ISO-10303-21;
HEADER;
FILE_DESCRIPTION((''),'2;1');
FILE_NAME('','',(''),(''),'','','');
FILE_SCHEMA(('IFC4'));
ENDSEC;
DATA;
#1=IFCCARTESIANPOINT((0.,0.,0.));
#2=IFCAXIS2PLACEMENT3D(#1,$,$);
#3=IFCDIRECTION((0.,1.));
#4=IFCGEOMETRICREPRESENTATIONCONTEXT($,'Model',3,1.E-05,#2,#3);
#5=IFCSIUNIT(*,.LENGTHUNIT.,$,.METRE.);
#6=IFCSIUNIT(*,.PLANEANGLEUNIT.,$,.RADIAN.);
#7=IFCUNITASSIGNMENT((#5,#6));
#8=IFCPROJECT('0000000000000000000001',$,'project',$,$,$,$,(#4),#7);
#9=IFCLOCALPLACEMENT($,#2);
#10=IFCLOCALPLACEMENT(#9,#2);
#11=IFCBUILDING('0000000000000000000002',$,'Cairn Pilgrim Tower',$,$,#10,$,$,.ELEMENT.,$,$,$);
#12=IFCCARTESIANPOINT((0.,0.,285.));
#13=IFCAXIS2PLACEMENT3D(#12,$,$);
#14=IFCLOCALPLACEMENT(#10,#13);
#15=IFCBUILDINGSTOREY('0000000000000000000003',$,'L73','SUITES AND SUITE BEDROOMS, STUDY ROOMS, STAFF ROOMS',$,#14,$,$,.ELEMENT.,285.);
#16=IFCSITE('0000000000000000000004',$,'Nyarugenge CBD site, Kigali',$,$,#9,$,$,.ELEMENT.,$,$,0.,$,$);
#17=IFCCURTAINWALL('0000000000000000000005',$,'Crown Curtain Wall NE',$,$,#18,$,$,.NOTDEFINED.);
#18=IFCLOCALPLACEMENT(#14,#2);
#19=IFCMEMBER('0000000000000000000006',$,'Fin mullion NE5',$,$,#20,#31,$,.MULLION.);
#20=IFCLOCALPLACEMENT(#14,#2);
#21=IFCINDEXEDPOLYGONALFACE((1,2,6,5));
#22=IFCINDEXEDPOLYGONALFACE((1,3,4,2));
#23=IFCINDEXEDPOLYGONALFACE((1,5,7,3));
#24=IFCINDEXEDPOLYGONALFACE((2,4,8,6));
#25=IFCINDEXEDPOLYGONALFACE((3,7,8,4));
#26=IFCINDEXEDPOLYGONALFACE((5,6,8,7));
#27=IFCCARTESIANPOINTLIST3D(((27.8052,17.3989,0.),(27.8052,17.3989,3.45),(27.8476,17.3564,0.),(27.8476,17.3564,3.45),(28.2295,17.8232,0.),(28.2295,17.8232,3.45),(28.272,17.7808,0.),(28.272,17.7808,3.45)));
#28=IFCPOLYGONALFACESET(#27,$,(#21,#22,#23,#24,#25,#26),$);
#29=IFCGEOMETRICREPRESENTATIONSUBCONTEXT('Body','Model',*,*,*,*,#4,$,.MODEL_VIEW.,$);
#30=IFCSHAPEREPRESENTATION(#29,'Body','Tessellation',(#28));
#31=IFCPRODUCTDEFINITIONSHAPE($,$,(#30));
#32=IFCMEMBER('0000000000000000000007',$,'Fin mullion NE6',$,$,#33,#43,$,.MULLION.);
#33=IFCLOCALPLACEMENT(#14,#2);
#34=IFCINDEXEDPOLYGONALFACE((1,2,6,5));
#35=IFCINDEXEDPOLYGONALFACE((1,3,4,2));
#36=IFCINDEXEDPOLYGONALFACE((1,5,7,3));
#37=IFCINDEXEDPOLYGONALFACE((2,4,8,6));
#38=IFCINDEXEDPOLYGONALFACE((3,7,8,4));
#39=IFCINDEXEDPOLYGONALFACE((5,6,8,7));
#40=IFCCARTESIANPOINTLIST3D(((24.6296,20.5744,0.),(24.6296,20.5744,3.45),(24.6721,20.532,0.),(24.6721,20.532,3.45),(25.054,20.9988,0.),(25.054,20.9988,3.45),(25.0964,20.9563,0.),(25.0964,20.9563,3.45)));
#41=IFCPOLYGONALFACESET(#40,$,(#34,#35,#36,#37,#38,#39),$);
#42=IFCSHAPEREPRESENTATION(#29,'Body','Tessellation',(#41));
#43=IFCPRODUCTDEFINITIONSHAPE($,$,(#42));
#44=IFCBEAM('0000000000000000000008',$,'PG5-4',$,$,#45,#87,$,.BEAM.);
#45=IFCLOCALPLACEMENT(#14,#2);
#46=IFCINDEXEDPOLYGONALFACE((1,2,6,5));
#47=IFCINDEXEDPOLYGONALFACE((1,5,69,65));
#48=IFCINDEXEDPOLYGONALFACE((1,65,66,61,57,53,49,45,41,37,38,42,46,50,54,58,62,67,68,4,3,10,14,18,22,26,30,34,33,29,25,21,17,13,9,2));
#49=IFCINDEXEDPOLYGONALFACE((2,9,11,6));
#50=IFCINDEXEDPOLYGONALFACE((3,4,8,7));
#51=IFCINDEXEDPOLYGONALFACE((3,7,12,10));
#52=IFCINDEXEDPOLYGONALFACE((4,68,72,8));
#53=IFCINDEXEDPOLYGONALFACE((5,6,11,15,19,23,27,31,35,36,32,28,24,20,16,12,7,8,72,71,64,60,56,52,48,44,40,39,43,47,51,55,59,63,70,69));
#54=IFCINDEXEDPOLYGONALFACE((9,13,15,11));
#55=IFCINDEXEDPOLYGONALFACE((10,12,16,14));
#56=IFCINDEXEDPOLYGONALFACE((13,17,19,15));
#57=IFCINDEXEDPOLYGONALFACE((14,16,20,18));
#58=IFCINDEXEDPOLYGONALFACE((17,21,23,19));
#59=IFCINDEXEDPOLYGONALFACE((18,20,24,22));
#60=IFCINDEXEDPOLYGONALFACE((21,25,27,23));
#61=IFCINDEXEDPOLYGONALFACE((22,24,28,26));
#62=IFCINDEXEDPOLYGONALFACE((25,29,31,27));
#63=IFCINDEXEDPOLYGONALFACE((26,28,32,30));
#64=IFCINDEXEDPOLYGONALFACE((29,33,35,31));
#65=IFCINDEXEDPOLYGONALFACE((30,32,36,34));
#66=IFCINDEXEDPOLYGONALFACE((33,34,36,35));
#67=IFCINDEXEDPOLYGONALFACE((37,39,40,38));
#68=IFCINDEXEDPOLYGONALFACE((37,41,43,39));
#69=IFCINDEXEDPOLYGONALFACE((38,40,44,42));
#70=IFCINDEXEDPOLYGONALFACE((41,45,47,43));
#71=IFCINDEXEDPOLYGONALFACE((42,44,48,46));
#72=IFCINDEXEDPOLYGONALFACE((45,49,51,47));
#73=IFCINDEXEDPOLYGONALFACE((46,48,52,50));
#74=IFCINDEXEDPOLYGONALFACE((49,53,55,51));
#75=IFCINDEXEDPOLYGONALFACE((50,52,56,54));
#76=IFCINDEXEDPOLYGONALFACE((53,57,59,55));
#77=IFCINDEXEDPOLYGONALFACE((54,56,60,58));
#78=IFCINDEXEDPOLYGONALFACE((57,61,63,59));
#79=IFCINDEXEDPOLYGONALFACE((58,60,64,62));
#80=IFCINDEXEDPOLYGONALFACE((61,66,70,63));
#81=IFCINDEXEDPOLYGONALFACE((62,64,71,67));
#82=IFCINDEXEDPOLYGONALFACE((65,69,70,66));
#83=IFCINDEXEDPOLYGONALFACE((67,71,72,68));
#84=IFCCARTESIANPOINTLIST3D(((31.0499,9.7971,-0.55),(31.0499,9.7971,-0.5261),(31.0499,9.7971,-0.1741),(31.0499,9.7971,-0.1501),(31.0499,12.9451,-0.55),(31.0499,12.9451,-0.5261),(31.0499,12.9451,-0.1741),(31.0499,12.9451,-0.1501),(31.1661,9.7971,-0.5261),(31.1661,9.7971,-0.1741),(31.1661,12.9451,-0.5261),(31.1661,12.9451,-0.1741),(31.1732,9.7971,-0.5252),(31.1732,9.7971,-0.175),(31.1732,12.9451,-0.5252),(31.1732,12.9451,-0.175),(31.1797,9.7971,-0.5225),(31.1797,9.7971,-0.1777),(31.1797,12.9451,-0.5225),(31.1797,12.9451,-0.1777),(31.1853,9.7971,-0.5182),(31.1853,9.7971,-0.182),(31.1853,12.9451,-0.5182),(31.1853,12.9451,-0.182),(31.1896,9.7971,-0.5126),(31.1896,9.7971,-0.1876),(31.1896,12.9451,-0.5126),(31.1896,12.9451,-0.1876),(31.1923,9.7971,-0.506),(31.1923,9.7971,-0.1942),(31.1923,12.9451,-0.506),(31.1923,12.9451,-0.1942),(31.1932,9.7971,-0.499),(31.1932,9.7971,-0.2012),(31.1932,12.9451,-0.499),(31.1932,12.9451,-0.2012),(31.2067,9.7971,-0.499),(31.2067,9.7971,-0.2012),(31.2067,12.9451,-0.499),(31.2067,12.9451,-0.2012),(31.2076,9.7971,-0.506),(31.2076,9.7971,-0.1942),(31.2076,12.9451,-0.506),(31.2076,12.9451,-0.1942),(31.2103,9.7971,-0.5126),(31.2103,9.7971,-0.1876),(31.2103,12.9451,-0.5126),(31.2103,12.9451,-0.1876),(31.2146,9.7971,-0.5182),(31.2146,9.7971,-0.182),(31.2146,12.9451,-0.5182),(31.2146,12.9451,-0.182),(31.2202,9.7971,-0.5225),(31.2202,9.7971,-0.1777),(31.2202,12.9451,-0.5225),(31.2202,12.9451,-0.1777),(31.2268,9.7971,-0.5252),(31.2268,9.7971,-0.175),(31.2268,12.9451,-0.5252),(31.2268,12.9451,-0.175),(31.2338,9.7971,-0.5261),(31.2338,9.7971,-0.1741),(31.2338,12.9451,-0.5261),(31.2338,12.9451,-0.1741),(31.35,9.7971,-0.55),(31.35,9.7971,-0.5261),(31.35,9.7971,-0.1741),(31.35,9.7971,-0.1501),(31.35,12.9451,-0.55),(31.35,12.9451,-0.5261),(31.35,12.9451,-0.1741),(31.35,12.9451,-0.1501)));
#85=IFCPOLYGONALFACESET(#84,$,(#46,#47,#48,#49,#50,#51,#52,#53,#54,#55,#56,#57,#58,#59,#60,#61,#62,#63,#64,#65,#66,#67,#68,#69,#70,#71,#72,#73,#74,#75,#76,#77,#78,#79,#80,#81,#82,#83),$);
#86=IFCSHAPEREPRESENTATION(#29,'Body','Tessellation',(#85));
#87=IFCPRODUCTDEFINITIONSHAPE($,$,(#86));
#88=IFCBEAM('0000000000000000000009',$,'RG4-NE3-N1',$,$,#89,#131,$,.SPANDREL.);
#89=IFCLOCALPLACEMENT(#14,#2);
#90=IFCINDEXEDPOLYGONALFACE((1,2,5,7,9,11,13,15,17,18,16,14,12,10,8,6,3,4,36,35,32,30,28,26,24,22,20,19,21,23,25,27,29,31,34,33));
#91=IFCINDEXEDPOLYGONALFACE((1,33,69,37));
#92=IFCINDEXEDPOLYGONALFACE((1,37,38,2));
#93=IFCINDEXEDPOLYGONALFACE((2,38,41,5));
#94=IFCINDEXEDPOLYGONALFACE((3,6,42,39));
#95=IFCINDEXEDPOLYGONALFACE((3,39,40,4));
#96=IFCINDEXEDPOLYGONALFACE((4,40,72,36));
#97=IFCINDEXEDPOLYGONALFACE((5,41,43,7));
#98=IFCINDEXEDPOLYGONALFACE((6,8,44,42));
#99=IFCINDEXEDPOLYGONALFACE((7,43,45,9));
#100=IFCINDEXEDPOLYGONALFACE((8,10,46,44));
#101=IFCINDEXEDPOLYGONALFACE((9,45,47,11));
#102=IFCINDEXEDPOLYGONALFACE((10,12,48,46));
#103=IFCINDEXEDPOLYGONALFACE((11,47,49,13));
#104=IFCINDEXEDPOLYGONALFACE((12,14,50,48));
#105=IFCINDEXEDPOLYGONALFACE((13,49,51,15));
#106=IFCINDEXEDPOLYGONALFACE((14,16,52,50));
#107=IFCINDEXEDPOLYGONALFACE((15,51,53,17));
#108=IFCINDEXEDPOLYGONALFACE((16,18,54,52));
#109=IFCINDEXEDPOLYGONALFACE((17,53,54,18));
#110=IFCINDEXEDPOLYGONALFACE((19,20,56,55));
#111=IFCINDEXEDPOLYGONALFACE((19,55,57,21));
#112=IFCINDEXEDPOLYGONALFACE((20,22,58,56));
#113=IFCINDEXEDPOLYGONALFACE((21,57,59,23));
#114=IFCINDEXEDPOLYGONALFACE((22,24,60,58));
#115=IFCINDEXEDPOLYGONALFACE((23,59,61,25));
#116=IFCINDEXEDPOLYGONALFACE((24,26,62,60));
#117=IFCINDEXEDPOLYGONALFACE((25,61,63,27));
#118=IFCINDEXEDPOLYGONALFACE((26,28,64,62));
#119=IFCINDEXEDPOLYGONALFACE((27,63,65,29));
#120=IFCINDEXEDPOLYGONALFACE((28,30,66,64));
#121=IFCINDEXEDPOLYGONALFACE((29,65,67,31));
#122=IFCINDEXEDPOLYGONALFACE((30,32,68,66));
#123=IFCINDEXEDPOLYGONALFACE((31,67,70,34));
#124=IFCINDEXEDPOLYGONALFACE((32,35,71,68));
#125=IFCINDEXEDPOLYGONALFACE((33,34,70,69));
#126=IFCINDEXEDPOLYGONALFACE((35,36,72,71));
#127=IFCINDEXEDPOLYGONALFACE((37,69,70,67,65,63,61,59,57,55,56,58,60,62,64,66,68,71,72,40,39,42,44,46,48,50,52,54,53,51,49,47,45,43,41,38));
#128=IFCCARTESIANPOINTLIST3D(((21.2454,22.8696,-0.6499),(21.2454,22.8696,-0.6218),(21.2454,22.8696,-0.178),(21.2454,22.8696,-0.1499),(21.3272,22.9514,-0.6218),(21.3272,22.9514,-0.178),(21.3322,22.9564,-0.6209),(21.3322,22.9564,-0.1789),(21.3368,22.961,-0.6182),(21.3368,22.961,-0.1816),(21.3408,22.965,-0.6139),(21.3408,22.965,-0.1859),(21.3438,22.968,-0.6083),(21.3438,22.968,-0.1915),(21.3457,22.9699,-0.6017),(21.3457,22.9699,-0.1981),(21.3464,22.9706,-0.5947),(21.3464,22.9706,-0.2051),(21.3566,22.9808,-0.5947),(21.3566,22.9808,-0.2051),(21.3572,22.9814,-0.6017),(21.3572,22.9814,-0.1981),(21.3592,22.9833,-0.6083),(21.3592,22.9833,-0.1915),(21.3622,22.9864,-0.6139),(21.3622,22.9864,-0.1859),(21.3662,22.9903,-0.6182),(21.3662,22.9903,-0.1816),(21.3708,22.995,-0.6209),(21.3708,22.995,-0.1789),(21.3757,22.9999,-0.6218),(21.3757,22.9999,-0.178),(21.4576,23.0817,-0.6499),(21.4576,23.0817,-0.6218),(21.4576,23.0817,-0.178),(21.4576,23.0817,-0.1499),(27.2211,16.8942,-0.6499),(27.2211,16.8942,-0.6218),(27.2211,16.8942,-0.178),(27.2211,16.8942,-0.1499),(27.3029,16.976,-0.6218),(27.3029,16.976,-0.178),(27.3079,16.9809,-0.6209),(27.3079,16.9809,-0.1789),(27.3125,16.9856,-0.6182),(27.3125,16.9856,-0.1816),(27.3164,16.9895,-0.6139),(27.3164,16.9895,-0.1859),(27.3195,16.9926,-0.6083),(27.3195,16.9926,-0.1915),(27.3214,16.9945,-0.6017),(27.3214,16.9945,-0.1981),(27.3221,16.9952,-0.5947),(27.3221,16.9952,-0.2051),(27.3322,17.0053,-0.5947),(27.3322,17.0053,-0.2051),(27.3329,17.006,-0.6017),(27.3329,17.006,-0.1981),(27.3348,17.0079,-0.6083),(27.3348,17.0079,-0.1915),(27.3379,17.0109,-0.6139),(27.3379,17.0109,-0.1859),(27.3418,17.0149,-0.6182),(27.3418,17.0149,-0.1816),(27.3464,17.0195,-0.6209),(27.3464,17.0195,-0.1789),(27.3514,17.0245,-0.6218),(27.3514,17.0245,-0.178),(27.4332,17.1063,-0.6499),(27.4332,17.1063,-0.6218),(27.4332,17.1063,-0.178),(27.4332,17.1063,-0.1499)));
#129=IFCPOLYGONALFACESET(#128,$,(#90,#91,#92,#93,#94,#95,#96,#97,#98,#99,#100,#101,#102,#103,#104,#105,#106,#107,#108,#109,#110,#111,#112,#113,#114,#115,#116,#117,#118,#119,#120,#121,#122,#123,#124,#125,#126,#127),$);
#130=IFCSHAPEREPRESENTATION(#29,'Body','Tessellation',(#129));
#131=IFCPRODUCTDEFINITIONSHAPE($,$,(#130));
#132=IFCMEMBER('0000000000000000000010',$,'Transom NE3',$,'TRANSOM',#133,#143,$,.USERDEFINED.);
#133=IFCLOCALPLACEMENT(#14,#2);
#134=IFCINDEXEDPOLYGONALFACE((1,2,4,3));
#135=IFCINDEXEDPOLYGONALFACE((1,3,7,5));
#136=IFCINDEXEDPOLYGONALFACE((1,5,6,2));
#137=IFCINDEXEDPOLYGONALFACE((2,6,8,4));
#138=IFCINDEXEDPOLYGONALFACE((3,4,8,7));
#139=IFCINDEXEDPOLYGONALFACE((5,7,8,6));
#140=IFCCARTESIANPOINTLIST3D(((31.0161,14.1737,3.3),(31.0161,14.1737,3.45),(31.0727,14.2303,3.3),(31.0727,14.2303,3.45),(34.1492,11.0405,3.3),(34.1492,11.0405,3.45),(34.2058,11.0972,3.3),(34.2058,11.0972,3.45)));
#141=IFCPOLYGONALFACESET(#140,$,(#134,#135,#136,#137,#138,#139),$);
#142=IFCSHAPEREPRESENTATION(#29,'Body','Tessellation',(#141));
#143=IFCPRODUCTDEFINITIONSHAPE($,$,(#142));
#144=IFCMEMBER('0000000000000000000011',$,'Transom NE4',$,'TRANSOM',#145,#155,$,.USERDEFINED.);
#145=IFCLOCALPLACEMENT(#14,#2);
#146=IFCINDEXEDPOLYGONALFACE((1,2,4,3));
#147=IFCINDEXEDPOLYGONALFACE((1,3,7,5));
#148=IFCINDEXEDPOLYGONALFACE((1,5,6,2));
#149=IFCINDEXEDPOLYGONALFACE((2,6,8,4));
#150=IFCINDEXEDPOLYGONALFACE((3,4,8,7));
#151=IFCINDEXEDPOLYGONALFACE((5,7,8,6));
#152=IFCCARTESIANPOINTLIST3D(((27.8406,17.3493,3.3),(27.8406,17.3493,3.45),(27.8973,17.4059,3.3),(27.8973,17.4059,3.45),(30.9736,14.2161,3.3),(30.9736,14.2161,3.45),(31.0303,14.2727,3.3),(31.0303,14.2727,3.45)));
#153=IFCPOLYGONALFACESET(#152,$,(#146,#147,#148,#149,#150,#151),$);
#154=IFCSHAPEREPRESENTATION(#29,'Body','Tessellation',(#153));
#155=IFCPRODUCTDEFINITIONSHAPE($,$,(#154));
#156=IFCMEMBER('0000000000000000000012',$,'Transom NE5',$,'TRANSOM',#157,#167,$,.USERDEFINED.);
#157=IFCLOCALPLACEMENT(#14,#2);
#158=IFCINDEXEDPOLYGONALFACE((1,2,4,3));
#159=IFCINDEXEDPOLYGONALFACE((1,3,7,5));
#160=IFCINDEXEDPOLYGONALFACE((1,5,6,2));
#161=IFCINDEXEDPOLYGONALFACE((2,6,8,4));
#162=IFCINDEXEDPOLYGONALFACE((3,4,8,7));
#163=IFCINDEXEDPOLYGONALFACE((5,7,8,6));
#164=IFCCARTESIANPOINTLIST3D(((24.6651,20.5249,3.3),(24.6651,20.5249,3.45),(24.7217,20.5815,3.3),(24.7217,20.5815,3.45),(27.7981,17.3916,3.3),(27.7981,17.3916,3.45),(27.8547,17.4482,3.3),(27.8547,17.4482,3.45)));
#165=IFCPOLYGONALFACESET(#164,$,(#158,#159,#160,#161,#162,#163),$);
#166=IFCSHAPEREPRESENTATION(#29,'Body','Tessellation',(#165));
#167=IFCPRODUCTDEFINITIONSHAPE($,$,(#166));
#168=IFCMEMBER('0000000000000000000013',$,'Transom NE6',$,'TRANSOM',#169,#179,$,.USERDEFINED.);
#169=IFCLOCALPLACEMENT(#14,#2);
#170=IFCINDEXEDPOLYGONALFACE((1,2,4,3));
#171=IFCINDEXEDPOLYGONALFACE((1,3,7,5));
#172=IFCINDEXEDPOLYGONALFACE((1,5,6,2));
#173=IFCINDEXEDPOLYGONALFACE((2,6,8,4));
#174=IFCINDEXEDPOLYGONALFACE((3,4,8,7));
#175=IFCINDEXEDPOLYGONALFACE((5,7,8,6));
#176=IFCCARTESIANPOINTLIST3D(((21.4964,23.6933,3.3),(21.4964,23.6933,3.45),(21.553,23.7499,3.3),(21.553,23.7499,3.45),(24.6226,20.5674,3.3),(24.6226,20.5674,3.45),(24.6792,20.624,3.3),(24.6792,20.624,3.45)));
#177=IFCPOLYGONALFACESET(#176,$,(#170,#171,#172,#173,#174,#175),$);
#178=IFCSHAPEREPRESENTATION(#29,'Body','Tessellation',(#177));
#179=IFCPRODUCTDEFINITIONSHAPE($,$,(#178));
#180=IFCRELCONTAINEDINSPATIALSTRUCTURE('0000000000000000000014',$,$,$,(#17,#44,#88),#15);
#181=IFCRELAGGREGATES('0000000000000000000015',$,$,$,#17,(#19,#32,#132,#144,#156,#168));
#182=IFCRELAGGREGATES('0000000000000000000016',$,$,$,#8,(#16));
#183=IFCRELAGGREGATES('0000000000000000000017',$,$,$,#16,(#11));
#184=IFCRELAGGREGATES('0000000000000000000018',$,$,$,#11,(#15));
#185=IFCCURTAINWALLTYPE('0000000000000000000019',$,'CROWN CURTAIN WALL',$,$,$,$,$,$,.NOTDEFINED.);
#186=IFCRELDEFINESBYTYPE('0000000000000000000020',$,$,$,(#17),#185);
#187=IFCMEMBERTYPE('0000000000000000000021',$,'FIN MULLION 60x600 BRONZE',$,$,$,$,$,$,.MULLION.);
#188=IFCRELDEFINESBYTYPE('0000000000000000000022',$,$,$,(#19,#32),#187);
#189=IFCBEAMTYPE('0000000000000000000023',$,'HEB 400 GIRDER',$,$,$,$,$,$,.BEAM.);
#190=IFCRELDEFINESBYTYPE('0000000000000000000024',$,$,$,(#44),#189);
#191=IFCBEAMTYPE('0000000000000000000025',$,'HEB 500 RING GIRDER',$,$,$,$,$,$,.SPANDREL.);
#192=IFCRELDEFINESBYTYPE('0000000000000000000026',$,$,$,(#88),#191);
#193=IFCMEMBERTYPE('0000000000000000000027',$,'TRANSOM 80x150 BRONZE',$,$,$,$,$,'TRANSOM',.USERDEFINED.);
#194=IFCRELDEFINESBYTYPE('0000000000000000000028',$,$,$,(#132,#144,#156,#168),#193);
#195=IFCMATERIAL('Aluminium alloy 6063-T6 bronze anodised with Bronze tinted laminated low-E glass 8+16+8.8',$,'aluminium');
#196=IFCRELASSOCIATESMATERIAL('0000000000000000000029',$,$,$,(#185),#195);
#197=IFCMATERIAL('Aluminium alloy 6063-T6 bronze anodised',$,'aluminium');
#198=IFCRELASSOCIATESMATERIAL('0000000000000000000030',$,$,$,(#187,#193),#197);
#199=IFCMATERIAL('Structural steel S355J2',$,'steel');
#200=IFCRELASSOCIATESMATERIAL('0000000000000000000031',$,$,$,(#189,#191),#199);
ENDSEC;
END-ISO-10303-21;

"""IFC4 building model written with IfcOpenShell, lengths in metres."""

from ifc_helpers import new_model, si_unit, direction, frame, origin, origin_2d, place, context, subcontext, project, spatial, rectangle, i_section, extrude, material, material_profile, profile_set, type_object, element, aggregate, save


model = new_model("IFC4")

# Units and contexts
model_context = context("Model", 3, precision=1e-05, world=origin(), true_north=direction((0.0, 1.0)))
body_context = subcontext(model_context, "Body", "Model", "MODEL_VIEW")
ifc_project = project(units=[si_unit("LENGTHUNIT", "METRE"), si_unit("PLANEANGLEUNIT", "RADIAN")], contexts=[model_context])

# Site, building, storey
site_placement = place(None, origin())
site = spatial("IfcSite", under=ifc_project, at=site_placement, Name="Nyarugenge CBD site, Kigali", CompositionType="ELEMENT", RefElevation=0.0)
building_placement = place(site_placement, origin())
building = spatial("IfcBuilding", under=site, at=building_placement, Name="Cairn Pilgrim Tower", CompositionType="ELEMENT")
storey_placement = place(building_placement, frame((0.0, 0.0, 285.0)))
storey = spatial("IfcBuildingStorey", under=building, at=storey_placement, Name="L73", Description="SUITES AND SUITE BEDROOMS, STUDY ROOMS, STAFF ROOMS", CompositionType="ELEMENT", Elevation=285.0)

# Shared definitions
ifc_material_1 = material(Name="Structural steel S355J2", Category="steel")

# Curtain wall, members
ifc_material_2 = material(Name="Aluminium alloy 6063-T6 bronze anodised with Bronze tinted laminated low-E glass 8+16+8.8", Category="aluminium")
curtain_wall_type = type_object("IfcCurtainWallType", Name="CROWN CURTAIN WALL", PredefinedType="NOTDEFINED", material=ifc_material_2)
curtain_wall_placement = place(storey_placement, origin())
curtain_wall = element("IfcCurtainWall", 1, at=curtain_wall_placement, inside=storey, type_object=curtain_wall_type, Name="Crown Curtain Wall NE", PredefinedType="NOTDEFINED")
ifc_material_3 = material(Name="Aluminium alloy 6063-T6 bronze anodised", Category="aluminium")
ifc_material_profile_1 = material_profile(ifc_material_3, rectangle(XDim=0.6001, YDim=0.0601, at=origin_2d()), Name="FIN MULLION 60x600 BRONZE")
ifc_profile_set_1 = profile_set([ifc_material_profile_1], Name="Aluminium alloy 6063-T6 bronze anodised")
member_type_1 = type_object("IfcMemberType", Name="FIN MULLION 60x600 BRONZE", PredefinedType="MULLION", material=ifc_profile_set_1)
member_1_placement = place(storey_placement, frame((28.0386, 17.5898, 0.0), z_axis=(0.0, 0.0, 1.0), x_axis=(0.707107, 0.707107, 0.0)))
member_1 = element("IfcMember", 2, at=member_1_placement, type_object=member_type_1, Name="Fin mullion NE5", PredefinedType="MULLION", context=body_context, shape_type="SweptSolid", body=[
    extrude(rectangle(XDim=0.6001, YDim=0.0601, at=origin_2d()), origin(), (0.0, 0.0, 1.0), 3.45),
])
member_2_placement = place(storey_placement, frame((24.863, 20.7654, 0.0), z_axis=(0.0, 0.0, 1.0), x_axis=(0.707107, 0.707107, 0.0)))
member_2 = element("IfcMember", 3, at=member_2_placement, type_object=member_type_1, Name="Fin mullion NE6", PredefinedType="MULLION", context=body_context, shape_type="SweptSolid", body=[
    extrude(rectangle(XDim=0.6001, YDim=0.0601, at=origin_2d()), origin(), (0.0, 0.0, 1.0), 3.45),
])

# Beams
ifc_material_profile_2 = material_profile(ifc_material_1, i_section(OverallWidth=0.3, OverallDepth=0.3999, WebThickness=0.0134, FlangeThickness=0.0239, FilletRadius=0.0271, at=origin_2d()), Name="HEB 400")
ifc_profile_set_2 = profile_set([ifc_material_profile_2], Name="Structural steel S355J2")
beam_type_1 = type_object("IfcBeamType", Name="HEB 400 GIRDER", PredefinedType="BEAM", material=ifc_profile_set_2)
beam_1_placement = place(storey_placement, frame((31.2, 9.7971, -0.3501), z_axis=(0.0, 1.0, 0.0), x_axis=(-1.0, 0.0, 0.0)))
element("IfcBeam", 4, at=beam_1_placement, inside=storey, type_object=beam_type_1, Name="PG5-4", PredefinedType="BEAM", context=body_context, shape_type="SweptSolid", body=[
    extrude(i_section(OverallWidth=0.3, OverallDepth=0.3999, WebThickness=0.0134, FlangeThickness=0.0239, FilletRadius=0.0271, at=origin_2d()), origin(), (0.0, 0.0, 1.0), 3.1479),
])
ifc_material_profile_3 = material_profile(ifc_material_1, i_section(OverallWidth=0.3, OverallDepth=0.5, WebThickness=0.0144, FlangeThickness=0.0281, FilletRadius=0.0271, at=origin_2d()), Name="HEB 500")
ifc_profile_set_3 = profile_set([ifc_material_profile_3], Name="Structural steel S355J2")
beam_type_2 = type_object("IfcBeamType", Name="HEB 500 RING GIRDER", PredefinedType="SPANDREL", material=ifc_profile_set_3)
beam_2_placement = place(storey_placement, frame((27.3271, 17.0002, -0.3999), z_axis=(-0.707121, 0.707092, 0.0), x_axis=(-0.707092, -0.707121, 0.0)))
element("IfcBeam", 5, at=beam_2_placement, inside=storey, type_object=beam_type_2, Name="RG4-NE3-N1", PredefinedType="SPANDREL", context=body_context, shape_type="SweptSolid", body=[
    extrude(i_section(OverallWidth=0.3, OverallDepth=0.5, WebThickness=0.0144, FlangeThickness=0.0281, FilletRadius=0.0271, at=origin_2d()), origin(), (0.0, 0.0, 1.0), 8.4507),
])

# Members
ifc_material_profile_4 = material_profile(ifc_material_3, rectangle(XDim=0.0801, YDim=0.1499, at=origin_2d()), Name="TRANSOM 80x150 BRONZE")
ifc_profile_set_4 = profile_set([ifc_material_profile_4], Name="Aluminium alloy 6063-T6 bronze anodised")
member_type_2 = type_object("IfcMemberType", Name="TRANSOM 80x150 BRONZE", ElementType="TRANSOM", PredefinedType="USERDEFINED", material=ifc_profile_set_4)
member_3_placement = place(storey_placement, frame((34.1775, 11.0688, 3.375), z_axis=(-0.707107, 0.707107, 0.0), x_axis=(-0.707107, -0.707107, 0.0)))
member_3 = element("IfcMember", 6, at=member_3_placement, type_object=member_type_2, Name="Transom NE3", ObjectType="TRANSOM", PredefinedType="USERDEFINED", context=body_context, shape_type="SweptSolid", body=[
    extrude(rectangle(XDim=0.0801, YDim=0.1499, at=origin_2d()), origin(), (0.0, 0.0, 1.0), 4.4309),
])
member_4_placement = place(storey_placement, frame((31.002, 14.2444, 3.375), z_axis=(-0.707079, 0.707134, 0.0), x_axis=(-0.707134, -0.707079, 0.0)))
member_4 = element("IfcMember", 7, at=member_4_placement, type_object=member_type_2, Name="Transom NE4", ObjectType="TRANSOM", PredefinedType="USERDEFINED", context=body_context, shape_type="SweptSolid", body=[
    extrude(rectangle(XDim=0.0801, YDim=0.1499, at=origin_2d()), origin(), (0.0, 0.0, 1.0), 4.4309),
])
member_5_placement = place(storey_placement, frame((27.8264, 17.4199, 3.375), z_axis=(-0.707079, 0.707134, 0.0), x_axis=(-0.707134, -0.707079, 0.0)))
member_5 = element("IfcMember", 8, at=member_5_placement, type_object=member_type_2, Name="Transom NE5", ObjectType="TRANSOM", PredefinedType="USERDEFINED", context=body_context, shape_type="SweptSolid", body=[
    extrude(rectangle(XDim=0.0801, YDim=0.1499, at=origin_2d()), origin(), (0.0, 0.0, 1.0), 4.4309),
])
member_6_placement = place(storey_placement, frame((24.6509, 20.5957, 3.375), z_axis=(-0.707134, 0.707079, 0.0), x_axis=(-0.707079, -0.707134, 0.0)))
member_6 = element("IfcMember", 9, at=member_6_placement, type_object=member_type_2, Name="Transom NE6", ObjectType="TRANSOM", PredefinedType="USERDEFINED", context=body_context, shape_type="SweptSolid", body=[
    extrude(rectangle(XDim=0.0801, YDim=0.1499, at=origin_2d()), origin(), (0.0, 0.0, 1.0), 4.4209),
])

aggregate(curtain_wall, [member_1, member_2, member_3, member_4, member_5, member_6])

save(model, "model.ifc")
